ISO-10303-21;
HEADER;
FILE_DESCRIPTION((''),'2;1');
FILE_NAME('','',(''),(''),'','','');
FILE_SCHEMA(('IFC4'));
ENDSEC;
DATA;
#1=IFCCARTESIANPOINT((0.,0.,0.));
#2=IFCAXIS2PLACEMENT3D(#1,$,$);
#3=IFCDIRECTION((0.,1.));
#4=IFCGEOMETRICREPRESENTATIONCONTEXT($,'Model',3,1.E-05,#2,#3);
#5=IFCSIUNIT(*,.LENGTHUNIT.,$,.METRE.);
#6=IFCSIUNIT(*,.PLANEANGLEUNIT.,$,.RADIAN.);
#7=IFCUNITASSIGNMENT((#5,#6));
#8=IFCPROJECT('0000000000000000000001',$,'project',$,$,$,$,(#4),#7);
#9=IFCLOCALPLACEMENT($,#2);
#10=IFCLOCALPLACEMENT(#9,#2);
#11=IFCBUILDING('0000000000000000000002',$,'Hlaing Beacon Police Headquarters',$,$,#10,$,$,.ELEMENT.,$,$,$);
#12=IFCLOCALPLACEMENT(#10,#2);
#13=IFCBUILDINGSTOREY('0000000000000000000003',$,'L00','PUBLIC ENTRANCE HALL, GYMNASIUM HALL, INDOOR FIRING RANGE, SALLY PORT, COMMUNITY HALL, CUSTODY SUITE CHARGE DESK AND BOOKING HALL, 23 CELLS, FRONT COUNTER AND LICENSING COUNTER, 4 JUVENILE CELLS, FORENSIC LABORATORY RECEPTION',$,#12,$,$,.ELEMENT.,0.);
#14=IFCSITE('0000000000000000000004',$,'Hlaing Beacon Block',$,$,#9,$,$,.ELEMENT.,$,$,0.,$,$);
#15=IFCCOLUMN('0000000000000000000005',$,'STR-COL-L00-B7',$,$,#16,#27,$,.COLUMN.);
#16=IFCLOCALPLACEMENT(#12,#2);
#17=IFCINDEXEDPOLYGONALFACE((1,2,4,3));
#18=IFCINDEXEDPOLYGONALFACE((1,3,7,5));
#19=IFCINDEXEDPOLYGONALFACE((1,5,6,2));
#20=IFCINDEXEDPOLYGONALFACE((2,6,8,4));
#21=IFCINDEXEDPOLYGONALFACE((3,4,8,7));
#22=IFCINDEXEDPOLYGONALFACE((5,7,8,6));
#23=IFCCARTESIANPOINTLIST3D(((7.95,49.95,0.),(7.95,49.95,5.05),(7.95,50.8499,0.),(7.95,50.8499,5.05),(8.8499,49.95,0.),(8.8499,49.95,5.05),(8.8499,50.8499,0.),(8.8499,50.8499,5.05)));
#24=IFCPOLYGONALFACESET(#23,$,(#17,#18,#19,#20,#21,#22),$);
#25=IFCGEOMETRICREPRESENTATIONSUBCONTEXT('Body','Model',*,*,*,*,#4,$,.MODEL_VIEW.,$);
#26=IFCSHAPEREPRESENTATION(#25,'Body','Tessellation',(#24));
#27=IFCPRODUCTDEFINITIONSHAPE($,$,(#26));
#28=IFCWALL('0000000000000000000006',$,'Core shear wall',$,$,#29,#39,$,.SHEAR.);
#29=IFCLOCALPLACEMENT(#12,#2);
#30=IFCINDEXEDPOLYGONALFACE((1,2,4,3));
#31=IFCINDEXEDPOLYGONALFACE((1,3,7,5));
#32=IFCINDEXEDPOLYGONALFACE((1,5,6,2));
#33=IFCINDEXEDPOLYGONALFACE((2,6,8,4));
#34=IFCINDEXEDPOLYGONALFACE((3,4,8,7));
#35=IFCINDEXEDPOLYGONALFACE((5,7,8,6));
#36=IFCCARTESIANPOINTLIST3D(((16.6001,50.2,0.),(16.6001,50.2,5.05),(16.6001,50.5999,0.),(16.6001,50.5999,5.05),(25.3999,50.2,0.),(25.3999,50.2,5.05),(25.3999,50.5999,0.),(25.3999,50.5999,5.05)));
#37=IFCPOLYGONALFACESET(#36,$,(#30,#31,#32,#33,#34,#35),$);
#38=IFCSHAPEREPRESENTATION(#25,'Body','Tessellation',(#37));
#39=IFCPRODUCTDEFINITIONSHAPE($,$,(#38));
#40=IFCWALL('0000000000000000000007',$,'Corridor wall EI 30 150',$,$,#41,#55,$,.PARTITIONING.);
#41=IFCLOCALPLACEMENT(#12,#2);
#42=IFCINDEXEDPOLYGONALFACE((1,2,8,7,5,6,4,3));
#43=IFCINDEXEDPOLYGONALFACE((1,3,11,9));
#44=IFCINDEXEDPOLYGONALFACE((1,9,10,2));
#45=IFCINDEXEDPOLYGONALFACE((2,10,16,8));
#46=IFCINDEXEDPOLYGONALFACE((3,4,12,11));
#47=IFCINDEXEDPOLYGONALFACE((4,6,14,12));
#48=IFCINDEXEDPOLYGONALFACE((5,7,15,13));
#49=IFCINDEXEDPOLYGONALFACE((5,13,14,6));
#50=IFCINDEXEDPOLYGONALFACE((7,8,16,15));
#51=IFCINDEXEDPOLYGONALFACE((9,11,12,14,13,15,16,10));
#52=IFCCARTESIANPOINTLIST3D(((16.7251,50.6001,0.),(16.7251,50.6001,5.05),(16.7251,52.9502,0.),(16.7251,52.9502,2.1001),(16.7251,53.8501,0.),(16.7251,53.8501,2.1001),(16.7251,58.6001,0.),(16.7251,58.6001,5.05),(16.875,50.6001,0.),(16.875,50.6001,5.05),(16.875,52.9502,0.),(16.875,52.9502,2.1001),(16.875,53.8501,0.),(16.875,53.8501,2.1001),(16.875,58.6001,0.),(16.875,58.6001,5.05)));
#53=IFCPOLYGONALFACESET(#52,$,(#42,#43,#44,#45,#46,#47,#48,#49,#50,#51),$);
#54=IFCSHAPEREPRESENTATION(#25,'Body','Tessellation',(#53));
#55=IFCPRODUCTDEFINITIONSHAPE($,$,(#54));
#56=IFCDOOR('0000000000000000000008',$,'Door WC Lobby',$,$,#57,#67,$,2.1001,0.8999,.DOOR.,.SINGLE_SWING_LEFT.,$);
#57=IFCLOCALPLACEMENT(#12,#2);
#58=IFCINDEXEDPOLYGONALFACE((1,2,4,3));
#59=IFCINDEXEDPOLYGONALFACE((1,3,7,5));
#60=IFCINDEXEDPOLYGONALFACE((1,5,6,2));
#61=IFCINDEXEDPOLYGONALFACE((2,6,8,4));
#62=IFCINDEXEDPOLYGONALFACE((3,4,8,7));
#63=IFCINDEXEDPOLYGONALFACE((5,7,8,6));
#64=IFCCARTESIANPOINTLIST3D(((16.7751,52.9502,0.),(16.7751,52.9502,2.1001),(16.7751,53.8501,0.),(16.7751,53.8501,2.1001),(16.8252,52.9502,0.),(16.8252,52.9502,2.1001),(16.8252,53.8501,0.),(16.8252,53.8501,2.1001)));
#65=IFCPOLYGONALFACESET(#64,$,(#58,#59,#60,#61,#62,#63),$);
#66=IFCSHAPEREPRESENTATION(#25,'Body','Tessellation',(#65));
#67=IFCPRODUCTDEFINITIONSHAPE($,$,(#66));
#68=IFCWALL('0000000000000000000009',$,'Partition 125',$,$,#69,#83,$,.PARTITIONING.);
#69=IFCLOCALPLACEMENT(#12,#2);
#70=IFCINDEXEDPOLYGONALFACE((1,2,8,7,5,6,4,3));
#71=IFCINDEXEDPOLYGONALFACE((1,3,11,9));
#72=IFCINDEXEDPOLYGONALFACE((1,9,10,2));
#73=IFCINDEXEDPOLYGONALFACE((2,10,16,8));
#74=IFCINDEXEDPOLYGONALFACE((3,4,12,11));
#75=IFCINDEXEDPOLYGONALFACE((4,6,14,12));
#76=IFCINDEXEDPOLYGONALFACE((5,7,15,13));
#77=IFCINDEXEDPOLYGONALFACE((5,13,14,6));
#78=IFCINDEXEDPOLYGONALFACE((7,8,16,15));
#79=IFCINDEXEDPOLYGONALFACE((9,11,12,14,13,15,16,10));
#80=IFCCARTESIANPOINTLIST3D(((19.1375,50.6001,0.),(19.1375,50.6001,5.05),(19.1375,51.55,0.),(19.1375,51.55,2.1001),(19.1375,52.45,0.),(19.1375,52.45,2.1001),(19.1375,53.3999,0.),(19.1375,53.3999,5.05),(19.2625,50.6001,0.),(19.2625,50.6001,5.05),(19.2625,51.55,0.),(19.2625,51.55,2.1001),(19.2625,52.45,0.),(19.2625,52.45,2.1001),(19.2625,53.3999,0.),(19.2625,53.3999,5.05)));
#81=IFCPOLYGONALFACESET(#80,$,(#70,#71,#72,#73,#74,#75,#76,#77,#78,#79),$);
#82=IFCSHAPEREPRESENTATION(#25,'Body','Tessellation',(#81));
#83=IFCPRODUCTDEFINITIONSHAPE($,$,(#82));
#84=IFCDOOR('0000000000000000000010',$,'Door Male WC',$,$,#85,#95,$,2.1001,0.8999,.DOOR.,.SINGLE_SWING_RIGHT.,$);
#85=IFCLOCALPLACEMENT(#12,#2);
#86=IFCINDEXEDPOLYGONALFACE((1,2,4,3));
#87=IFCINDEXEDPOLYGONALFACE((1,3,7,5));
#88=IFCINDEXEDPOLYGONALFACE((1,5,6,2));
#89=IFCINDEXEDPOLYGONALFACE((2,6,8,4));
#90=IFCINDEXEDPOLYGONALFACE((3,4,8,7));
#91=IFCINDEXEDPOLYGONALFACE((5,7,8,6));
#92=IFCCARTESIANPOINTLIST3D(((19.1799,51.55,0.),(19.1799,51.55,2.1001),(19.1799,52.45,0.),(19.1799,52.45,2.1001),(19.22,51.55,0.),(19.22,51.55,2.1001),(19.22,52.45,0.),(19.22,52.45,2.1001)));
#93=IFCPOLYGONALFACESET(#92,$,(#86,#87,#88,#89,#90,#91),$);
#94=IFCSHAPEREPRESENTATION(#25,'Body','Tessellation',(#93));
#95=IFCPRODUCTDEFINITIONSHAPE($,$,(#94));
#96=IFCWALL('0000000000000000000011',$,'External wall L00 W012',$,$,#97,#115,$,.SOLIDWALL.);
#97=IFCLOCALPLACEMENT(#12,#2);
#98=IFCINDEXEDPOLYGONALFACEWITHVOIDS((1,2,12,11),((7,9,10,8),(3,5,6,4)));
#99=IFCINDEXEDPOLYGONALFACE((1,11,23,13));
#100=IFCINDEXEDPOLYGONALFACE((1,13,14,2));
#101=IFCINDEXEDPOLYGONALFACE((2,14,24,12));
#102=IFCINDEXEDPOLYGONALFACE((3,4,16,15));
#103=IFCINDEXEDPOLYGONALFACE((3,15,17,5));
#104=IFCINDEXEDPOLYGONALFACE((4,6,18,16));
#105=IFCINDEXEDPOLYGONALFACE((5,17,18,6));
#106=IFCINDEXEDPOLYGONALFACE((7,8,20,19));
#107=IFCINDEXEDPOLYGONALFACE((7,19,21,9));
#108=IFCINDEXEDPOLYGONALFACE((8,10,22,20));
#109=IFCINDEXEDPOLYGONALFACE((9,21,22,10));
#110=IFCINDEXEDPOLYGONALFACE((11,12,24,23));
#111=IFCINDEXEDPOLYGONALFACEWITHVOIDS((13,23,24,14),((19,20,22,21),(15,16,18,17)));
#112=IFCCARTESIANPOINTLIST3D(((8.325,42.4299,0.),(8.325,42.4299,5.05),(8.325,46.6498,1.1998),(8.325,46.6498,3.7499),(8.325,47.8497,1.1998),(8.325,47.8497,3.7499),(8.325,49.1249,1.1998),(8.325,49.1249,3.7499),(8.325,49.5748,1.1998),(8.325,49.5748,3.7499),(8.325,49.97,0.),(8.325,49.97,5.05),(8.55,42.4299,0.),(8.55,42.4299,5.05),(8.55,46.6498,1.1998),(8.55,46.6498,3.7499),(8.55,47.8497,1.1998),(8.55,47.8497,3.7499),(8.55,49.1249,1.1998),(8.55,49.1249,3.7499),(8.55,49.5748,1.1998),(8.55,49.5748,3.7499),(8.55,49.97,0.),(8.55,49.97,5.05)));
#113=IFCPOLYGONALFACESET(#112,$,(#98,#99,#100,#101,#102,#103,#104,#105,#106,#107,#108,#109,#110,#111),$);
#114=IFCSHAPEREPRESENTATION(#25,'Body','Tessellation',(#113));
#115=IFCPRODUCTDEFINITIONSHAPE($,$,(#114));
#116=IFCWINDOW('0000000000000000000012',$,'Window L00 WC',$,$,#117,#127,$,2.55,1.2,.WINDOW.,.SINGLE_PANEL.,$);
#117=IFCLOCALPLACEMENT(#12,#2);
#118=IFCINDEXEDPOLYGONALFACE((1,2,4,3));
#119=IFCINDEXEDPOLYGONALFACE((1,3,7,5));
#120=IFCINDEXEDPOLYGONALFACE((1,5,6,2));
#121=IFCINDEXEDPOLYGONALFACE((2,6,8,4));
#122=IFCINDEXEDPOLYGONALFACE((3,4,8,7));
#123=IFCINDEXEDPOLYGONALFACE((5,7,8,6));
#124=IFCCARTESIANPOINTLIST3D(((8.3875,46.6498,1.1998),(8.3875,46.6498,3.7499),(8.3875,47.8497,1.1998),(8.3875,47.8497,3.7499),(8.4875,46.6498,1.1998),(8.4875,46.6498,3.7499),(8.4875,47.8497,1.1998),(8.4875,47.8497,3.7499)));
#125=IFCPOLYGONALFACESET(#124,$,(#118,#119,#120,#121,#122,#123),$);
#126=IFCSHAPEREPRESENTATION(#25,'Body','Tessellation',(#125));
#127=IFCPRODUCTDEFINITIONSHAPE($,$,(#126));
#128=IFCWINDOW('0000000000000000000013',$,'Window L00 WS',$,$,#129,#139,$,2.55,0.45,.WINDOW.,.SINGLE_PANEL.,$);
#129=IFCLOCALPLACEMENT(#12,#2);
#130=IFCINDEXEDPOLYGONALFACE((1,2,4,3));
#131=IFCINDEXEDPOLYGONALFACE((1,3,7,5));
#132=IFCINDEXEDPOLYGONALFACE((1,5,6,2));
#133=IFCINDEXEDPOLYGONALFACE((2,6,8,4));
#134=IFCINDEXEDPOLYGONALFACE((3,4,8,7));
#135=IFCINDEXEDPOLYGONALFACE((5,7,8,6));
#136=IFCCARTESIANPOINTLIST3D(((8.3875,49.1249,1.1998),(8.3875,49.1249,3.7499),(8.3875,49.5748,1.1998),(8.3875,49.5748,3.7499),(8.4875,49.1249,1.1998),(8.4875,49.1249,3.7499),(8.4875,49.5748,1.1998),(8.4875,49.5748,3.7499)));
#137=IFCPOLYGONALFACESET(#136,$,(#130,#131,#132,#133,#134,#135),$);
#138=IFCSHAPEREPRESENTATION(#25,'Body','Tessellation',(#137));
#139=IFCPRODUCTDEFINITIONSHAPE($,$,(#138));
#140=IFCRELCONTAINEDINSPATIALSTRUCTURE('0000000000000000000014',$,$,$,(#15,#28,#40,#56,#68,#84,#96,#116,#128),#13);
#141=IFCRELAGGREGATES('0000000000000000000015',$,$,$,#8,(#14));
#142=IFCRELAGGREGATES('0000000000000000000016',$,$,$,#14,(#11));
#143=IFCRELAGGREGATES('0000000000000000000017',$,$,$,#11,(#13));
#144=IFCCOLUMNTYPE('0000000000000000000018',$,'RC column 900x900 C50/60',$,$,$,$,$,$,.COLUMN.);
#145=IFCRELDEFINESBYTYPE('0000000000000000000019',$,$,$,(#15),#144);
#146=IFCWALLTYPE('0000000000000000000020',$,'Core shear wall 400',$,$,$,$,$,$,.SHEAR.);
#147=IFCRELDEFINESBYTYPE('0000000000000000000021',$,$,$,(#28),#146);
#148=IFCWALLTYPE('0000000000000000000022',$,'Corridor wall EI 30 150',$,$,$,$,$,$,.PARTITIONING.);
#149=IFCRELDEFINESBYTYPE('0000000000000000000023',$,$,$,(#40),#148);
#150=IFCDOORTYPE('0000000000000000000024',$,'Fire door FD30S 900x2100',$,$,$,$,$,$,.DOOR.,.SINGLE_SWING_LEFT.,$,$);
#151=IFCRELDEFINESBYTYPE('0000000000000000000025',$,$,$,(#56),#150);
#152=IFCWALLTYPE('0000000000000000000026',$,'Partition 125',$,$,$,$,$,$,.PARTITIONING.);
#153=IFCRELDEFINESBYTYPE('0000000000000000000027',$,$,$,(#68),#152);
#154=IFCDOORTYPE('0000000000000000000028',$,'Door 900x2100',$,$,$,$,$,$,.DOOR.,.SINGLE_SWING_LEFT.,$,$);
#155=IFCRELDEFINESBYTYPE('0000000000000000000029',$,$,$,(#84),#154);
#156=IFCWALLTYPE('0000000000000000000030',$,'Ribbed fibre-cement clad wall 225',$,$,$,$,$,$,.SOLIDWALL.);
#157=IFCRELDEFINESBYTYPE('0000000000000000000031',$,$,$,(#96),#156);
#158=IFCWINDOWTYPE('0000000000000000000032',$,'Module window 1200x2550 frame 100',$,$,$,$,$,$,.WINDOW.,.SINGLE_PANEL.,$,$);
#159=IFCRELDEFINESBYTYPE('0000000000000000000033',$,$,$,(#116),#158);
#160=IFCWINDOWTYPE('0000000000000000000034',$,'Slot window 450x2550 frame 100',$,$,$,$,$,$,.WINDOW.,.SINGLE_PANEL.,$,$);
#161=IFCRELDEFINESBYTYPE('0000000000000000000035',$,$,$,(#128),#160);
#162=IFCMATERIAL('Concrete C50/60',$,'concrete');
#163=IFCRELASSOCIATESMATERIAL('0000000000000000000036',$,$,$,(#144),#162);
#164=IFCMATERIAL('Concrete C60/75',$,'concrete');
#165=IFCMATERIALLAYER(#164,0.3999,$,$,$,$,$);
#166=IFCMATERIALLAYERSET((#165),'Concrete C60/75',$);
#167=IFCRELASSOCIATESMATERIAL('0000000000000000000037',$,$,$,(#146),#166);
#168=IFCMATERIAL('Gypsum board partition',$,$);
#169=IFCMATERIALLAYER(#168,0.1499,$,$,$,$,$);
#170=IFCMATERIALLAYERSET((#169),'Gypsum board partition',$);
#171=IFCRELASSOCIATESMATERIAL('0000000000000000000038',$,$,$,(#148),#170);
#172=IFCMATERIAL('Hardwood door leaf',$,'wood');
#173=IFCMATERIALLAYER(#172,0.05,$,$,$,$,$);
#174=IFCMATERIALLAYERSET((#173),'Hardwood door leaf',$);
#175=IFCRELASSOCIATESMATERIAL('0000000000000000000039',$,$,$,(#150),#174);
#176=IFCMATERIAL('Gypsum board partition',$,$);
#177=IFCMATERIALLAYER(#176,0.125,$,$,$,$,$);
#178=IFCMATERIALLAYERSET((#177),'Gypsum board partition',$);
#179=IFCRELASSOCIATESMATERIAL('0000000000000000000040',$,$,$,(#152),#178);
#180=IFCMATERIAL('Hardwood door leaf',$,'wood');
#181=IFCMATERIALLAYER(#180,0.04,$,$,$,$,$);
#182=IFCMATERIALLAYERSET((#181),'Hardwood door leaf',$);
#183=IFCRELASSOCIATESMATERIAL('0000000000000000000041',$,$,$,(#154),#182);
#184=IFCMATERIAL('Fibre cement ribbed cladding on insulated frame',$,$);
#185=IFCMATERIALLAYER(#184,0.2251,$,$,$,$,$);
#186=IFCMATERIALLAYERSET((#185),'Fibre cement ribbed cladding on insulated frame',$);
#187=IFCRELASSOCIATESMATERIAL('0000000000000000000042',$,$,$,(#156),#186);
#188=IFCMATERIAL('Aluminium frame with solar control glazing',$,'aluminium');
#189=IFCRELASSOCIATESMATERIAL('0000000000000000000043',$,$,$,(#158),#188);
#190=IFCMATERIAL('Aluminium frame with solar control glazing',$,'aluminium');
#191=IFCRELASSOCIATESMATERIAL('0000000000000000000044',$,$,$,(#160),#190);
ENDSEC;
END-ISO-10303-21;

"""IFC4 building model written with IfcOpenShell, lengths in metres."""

from ifc_helpers import new_model, si_unit, direction, frame, frame_2d, origin, origin_2d, place, context, subcontext, project, spatial, rectangle, extrude, material, layer, layer_set, material_profile, profile_set, type_object, element, fill, save


model = new_model("IFC4")

# Units and contexts
model_context = context("Model", 3, precision=1e-05, world=origin(), true_north=direction((0.0, 1.0)))
body_context = subcontext(model_context, "Body", "Model", "MODEL_VIEW")
ifc_project = project(units=[si_unit("LENGTHUNIT", "METRE"), si_unit("PLANEANGLEUNIT", "RADIAN")], contexts=[model_context])

# Site, building, storey
site_placement = place(None, origin())
site = spatial("IfcSite", under=ifc_project, at=site_placement, Name="Hlaing Beacon Block", CompositionType="ELEMENT", RefElevation=0.0)
building_placement = place(site_placement, origin())
building = spatial("IfcBuilding", under=site, at=building_placement, Name="Hlaing Beacon Police Headquarters", CompositionType="ELEMENT")
storey_placement = place(building_placement, origin())
storey = spatial("IfcBuildingStorey", under=building, at=storey_placement, Name="L00", Description="PUBLIC ENTRANCE HALL, GYMNASIUM HALL, INDOOR FIRING RANGE, SALLY PORT, COMMUNITY HALL, CUSTODY SUITE CHARGE DESK AND BOOKING HALL, 23 CELLS, FRONT COUNTER AND LICENSING COUNTER, 4 JUVENILE CELLS, FORENSIC LABORATORY RECEPTION", CompositionType="ELEMENT", Elevation=0.0)

# Column
ifc_material_1 = material(Name="Concrete C50/60", Category="concrete")
ifc_material_profile = material_profile(ifc_material_1, rectangle(XDim=0.8999, YDim=0.8999, at=origin_2d()), Name="900x900")
ifc_profile_set = profile_set([ifc_material_profile], Name="Concrete C50/60")
column_type = type_object("IfcColumnType", Name="RC column 900x900 C50/60", PredefinedType="COLUMN", material=ifc_profile_set)
column_placement = place(storey_placement, frame((8.3999, 50.3999, 0.0), z_axis=(0.0, 0.0, 1.0), x_axis=(1.0, 0.0, 0.0)))
element("IfcColumn", 1, at=column_placement, inside=storey, type_object=column_type, Name="STR-COL-L00-B7", PredefinedType="COLUMN", context=body_context, shape_type="SweptSolid", body=[
    extrude(rectangle(XDim=0.8999, YDim=0.8999, at=origin_2d()), origin(), (0.0, 0.0, 1.0), 5.05),
])

# Wall
ifc_material_2 = material(Name="Concrete C60/75", Category="concrete")
ifc_layer_1 = layer(ifc_material_2, 0.3999)
ifc_layer_set_1 = layer_set([ifc_layer_1], Name="Concrete C60/75")
wall_type_1 = type_object("IfcWallType", Name="Core shear wall 400", PredefinedType="SHEAR", material=ifc_layer_set_1)
wall_1_placement = place(storey_placement, frame((16.6001, 50.3999, 0.0), z_axis=(0.0, 0.0, 1.0), x_axis=(1.0, 0.0, 0.0)))
element("IfcWall", 2, at=wall_1_placement, inside=storey, type_object=wall_type_1, Name="Core shear wall", PredefinedType="SHEAR", context=body_context, shape_type="SweptSolid", body=[
    extrude(rectangle(XDim=8.7998, YDim=0.3999, at=frame_2d((4.3999, 0.0))), origin(), (0.0, 0.0, 1.0), 5.05),
])

# Walls, openings, doors
ifc_material_3 = material(Name="Gypsum board partition")
ifc_layer_2 = layer(ifc_material_3, 0.1499)
ifc_layer_set_2 = layer_set([ifc_layer_2], Name="Gypsum board partition")
wall_type_2 = type_object("IfcWallType", Name="Corridor wall EI 30 150", PredefinedType="PARTITIONING", material=ifc_layer_set_2)
wall_2_placement = place(storey_placement, frame((16.8, 50.6001, 0.0), z_axis=(0.0, 0.0, 1.0), x_axis=(0.0, 1.0, 0.0)))
wall_2 = element("IfcWall", 3, at=wall_2_placement, inside=storey, type_object=wall_type_2, Name="Corridor wall EI 30 150", PredefinedType="PARTITIONING", context=body_context, shape_type="SweptSolid", body=[
    extrude(rectangle(XDim=8.0, YDim=0.1499, at=frame_2d((4.0, 0.0))), origin(), (0.0, 0.0, 1.0), 5.05),
])
opening_1_placement = place(wall_2_placement, frame((2.3501, 0.0, 0.0)))
opening_1 = element("IfcOpeningElement", 4, at=opening_1_placement, cuts=wall_2, PredefinedType="OPENING", context=body_context, shape_type="SweptSolid", body=[
    extrude(rectangle(XDim=0.8999, YDim=2.1001, at=frame_2d((0.45, 1.05))), frame((0.0, 0.085, 0.0), z_axis=(0.0, -1.0, 0.0), x_axis=(1.0, 0.0, 0.0)), (0.0, 0.0, 1.0), 0.1699),
])
ifc_material_4 = material(Name="Hardwood door leaf", Category="wood")
ifc_layer_3 = layer(ifc_material_4, 0.05)
ifc_layer_set_3 = layer_set([ifc_layer_3], Name="Hardwood door leaf")
door_type_1 = type_object("IfcDoorType", Name="Fire door FD30S 900x2100", OperationType="SINGLE_SWING_LEFT", PredefinedType="DOOR", material=ifc_layer_set_3)
door_1_placement = place(opening_1_placement, frame((0.8999, 0.0, 0.0), z_axis=(0.0, 0.0, 1.0), x_axis=(-1.0, 0.0, 0.0)))
door_1 = element("IfcDoor", 5, at=door_1_placement, inside=storey, type_object=door_type_1, Name="Door WC Lobby", OperationType="SINGLE_SWING_LEFT", OverallHeight=2.1001, OverallWidth=0.8999, PredefinedType="DOOR", context=body_context, shape_type="SweptSolid", body=[
    extrude(rectangle(XDim=0.8999, YDim=2.1001, at=frame_2d((0.45, 1.05))), frame((0.0, 0.0251, 0.0), z_axis=(0.0, -1.0, 0.0), x_axis=(1.0, 0.0, 0.0)), (0.0, 0.0, 1.0), 0.05),
])
fill(opening_1, door_1)
ifc_material_5 = material(Name="Gypsum board partition")
ifc_layer_4 = layer(ifc_material_5, 0.125)
ifc_layer_set_4 = layer_set([ifc_layer_4], Name="Gypsum board partition")
wall_type_3 = type_object("IfcWallType", Name="Partition 125", PredefinedType="PARTITIONING", material=ifc_layer_set_4)
wall_3_placement = place(storey_placement, frame((19.2, 50.6001, 0.0), z_axis=(0.0, 0.0, 1.0), x_axis=(0.0, 1.0, 0.0)))
wall_3 = element("IfcWall", 6, at=wall_3_placement, inside=storey, type_object=wall_type_3, Name="Partition 125", PredefinedType="PARTITIONING", context=body_context, shape_type="SweptSolid", body=[
    extrude(rectangle(XDim=2.7998, YDim=0.125, at=frame_2d((1.3999, 0.0))), origin(), (0.0, 0.0, 1.0), 5.05),
])
opening_2_placement = place(wall_3_placement, frame((0.95, 0.0, 0.0)))
opening_2 = element("IfcOpeningElement", 7, at=opening_2_placement, cuts=wall_3, PredefinedType="OPENING", context=body_context, shape_type="SweptSolid", body=[
    extrude(rectangle(XDim=0.8999, YDim=2.1001, at=frame_2d((0.45, 1.05))), frame((0.0, 0.0725, 0.0), z_axis=(0.0, -1.0, 0.0), x_axis=(1.0, 0.0, 0.0)), (0.0, 0.0, 1.0), 0.145),
])
ifc_material_6 = material(Name="Hardwood door leaf", Category="wood")
ifc_layer_5 = layer(ifc_material_6, 0.04)
ifc_layer_set_5 = layer_set([ifc_layer_5], Name="Hardwood door leaf")
door_type_2 = type_object("IfcDoorType", Name="Door 900x2100", OperationType="SINGLE_SWING_LEFT", PredefinedType="DOOR", material=ifc_layer_set_5)
door_2_placement = place(opening_2_placement, frame((0.8999, 0.0, 0.0), z_axis=(0.0, 0.0, 1.0), x_axis=(-1.0, 0.0, 0.0)))
door_2 = element("IfcDoor", 8, at=door_2_placement, inside=storey, type_object=door_type_2, Name="Door Male WC", OperationType="SINGLE_SWING_RIGHT", OverallHeight=2.1001, OverallWidth=0.8999, PredefinedType="DOOR", context=body_context, shape_type="SweptSolid", body=[
    extrude(rectangle(XDim=0.8999, YDim=2.1001, at=frame_2d((0.45, 1.05))), frame((0.0, 0.02, 0.0), z_axis=(0.0, -1.0, 0.0), x_axis=(1.0, 0.0, 0.0)), (0.0, 0.0, 1.0), 0.04),
])
fill(opening_2, door_2)

# Wall, openings, windows
ifc_material_7 = material(Name="Fibre cement ribbed cladding on insulated frame")
ifc_layer_6 = layer(ifc_material_7, 0.2251)
ifc_layer_set_6 = layer_set([ifc_layer_6], Name="Fibre cement ribbed cladding on insulated frame")
wall_type_4 = type_object("IfcWallType", Name="Ribbed fibre-cement clad wall 225", PredefinedType="SOLIDWALL", material=ifc_layer_set_6)
wall_4_placement = place(storey_placement, frame((8.4375, 49.97, 0.0), z_axis=(0.0, 0.0, 1.0), x_axis=(0.0, -1.0, 0.0)))
wall_4 = element("IfcWall", 9, at=wall_4_placement, inside=storey, type_object=wall_type_4, Name="External wall L00 W012", PredefinedType="SOLIDWALL", context=body_context, shape_type="SweptSolid", body=[
    extrude(rectangle(XDim=7.54, YDim=0.2251, at=frame_2d((3.77, 0.0))), origin(), (0.0, 0.0, 1.0), 5.05),
])
opening_3_placement = place(wall_4_placement, frame((0.395, 0.0, 1.2)))
opening_3 = element("IfcOpeningElement", 10, at=opening_3_placement, cuts=wall_4, PredefinedType="OPENING", context=body_context, shape_type="SweptSolid", body=[
    extrude(rectangle(XDim=0.45, YDim=2.55, at=frame_2d((0.2251, 1.2749))), frame((0.0, 0.1226, 0.0), z_axis=(0.0, -1.0, 0.0), x_axis=(1.0, 0.0, 0.0)), (0.0, 0.0, 1.0), 0.2451),
])
opening_4_placement = place(wall_4_placement, frame((2.1201, 0.0, 1.2)))
opening_4 = element("IfcOpeningElement", 11, at=opening_4_placement, cuts=wall_4, PredefinedType="OPENING", context=body_context, shape_type="SweptSolid", body=[
    extrude(rectangle(XDim=1.2, YDim=2.55, at=frame_2d((0.6001, 1.2749))), frame((0.0, 0.1226, 0.0), z_axis=(0.0, -1.0, 0.0), x_axis=(1.0, 0.0, 0.0)), (0.0, 0.0, 1.0), 0.2451),
])
ifc_material_8 = material(Name="Aluminium frame with solar control glazing", Category="aluminium")
window_type_1 = type_object("IfcWindowType", Name="Module window 1200x2550 frame 100", PartitioningType="SINGLE_PANEL", PredefinedType="WINDOW", material=ifc_material_8)
window_1_placement = place(opening_4_placement, origin())
window_1 = element("IfcWindow", 12, at=window_1_placement, inside=storey, type_object=window_type_1, Name="Window L00 WC", OverallHeight=2.55, OverallWidth=1.2, PartitioningType="SINGLE_PANEL", PredefinedType="WINDOW", context=body_context, shape_type="SweptSolid", body=[
    extrude(rectangle(XDim=1.2, YDim=2.55, at=frame_2d((0.6001, 1.2749))), frame((0.0, 0.05, 0.0), z_axis=(0.0, -1.0, 0.0), x_axis=(1.0, 0.0, 0.0)), (0.0, 0.0, 1.0), 0.1001),
])
fill(opening_4, window_1)
ifc_material_9 = material(Name="Aluminium frame with solar control glazing", Category="aluminium")
window_type_2 = type_object("IfcWindowType", Name="Slot window 450x2550 frame 100", PartitioningType="SINGLE_PANEL", PredefinedType="WINDOW", material=ifc_material_9)
window_2_placement = place(opening_3_placement, origin())
window_2 = element("IfcWindow", 13, at=window_2_placement, inside=storey, type_object=window_type_2, Name="Window L00 WS", OverallHeight=2.55, OverallWidth=0.45, PartitioningType="SINGLE_PANEL", PredefinedType="WINDOW", context=body_context, shape_type="SweptSolid", body=[
    extrude(rectangle(XDim=0.45, YDim=2.55, at=frame_2d((0.2251, 1.2749))), frame((0.0, 0.05, 0.0), z_axis=(0.0, -1.0, 0.0), x_axis=(1.0, 0.0, 0.0)), (0.0, 0.0, 1.0), 0.1001),
])
fill(opening_3, window_2)

save(model, "model.ifc")
